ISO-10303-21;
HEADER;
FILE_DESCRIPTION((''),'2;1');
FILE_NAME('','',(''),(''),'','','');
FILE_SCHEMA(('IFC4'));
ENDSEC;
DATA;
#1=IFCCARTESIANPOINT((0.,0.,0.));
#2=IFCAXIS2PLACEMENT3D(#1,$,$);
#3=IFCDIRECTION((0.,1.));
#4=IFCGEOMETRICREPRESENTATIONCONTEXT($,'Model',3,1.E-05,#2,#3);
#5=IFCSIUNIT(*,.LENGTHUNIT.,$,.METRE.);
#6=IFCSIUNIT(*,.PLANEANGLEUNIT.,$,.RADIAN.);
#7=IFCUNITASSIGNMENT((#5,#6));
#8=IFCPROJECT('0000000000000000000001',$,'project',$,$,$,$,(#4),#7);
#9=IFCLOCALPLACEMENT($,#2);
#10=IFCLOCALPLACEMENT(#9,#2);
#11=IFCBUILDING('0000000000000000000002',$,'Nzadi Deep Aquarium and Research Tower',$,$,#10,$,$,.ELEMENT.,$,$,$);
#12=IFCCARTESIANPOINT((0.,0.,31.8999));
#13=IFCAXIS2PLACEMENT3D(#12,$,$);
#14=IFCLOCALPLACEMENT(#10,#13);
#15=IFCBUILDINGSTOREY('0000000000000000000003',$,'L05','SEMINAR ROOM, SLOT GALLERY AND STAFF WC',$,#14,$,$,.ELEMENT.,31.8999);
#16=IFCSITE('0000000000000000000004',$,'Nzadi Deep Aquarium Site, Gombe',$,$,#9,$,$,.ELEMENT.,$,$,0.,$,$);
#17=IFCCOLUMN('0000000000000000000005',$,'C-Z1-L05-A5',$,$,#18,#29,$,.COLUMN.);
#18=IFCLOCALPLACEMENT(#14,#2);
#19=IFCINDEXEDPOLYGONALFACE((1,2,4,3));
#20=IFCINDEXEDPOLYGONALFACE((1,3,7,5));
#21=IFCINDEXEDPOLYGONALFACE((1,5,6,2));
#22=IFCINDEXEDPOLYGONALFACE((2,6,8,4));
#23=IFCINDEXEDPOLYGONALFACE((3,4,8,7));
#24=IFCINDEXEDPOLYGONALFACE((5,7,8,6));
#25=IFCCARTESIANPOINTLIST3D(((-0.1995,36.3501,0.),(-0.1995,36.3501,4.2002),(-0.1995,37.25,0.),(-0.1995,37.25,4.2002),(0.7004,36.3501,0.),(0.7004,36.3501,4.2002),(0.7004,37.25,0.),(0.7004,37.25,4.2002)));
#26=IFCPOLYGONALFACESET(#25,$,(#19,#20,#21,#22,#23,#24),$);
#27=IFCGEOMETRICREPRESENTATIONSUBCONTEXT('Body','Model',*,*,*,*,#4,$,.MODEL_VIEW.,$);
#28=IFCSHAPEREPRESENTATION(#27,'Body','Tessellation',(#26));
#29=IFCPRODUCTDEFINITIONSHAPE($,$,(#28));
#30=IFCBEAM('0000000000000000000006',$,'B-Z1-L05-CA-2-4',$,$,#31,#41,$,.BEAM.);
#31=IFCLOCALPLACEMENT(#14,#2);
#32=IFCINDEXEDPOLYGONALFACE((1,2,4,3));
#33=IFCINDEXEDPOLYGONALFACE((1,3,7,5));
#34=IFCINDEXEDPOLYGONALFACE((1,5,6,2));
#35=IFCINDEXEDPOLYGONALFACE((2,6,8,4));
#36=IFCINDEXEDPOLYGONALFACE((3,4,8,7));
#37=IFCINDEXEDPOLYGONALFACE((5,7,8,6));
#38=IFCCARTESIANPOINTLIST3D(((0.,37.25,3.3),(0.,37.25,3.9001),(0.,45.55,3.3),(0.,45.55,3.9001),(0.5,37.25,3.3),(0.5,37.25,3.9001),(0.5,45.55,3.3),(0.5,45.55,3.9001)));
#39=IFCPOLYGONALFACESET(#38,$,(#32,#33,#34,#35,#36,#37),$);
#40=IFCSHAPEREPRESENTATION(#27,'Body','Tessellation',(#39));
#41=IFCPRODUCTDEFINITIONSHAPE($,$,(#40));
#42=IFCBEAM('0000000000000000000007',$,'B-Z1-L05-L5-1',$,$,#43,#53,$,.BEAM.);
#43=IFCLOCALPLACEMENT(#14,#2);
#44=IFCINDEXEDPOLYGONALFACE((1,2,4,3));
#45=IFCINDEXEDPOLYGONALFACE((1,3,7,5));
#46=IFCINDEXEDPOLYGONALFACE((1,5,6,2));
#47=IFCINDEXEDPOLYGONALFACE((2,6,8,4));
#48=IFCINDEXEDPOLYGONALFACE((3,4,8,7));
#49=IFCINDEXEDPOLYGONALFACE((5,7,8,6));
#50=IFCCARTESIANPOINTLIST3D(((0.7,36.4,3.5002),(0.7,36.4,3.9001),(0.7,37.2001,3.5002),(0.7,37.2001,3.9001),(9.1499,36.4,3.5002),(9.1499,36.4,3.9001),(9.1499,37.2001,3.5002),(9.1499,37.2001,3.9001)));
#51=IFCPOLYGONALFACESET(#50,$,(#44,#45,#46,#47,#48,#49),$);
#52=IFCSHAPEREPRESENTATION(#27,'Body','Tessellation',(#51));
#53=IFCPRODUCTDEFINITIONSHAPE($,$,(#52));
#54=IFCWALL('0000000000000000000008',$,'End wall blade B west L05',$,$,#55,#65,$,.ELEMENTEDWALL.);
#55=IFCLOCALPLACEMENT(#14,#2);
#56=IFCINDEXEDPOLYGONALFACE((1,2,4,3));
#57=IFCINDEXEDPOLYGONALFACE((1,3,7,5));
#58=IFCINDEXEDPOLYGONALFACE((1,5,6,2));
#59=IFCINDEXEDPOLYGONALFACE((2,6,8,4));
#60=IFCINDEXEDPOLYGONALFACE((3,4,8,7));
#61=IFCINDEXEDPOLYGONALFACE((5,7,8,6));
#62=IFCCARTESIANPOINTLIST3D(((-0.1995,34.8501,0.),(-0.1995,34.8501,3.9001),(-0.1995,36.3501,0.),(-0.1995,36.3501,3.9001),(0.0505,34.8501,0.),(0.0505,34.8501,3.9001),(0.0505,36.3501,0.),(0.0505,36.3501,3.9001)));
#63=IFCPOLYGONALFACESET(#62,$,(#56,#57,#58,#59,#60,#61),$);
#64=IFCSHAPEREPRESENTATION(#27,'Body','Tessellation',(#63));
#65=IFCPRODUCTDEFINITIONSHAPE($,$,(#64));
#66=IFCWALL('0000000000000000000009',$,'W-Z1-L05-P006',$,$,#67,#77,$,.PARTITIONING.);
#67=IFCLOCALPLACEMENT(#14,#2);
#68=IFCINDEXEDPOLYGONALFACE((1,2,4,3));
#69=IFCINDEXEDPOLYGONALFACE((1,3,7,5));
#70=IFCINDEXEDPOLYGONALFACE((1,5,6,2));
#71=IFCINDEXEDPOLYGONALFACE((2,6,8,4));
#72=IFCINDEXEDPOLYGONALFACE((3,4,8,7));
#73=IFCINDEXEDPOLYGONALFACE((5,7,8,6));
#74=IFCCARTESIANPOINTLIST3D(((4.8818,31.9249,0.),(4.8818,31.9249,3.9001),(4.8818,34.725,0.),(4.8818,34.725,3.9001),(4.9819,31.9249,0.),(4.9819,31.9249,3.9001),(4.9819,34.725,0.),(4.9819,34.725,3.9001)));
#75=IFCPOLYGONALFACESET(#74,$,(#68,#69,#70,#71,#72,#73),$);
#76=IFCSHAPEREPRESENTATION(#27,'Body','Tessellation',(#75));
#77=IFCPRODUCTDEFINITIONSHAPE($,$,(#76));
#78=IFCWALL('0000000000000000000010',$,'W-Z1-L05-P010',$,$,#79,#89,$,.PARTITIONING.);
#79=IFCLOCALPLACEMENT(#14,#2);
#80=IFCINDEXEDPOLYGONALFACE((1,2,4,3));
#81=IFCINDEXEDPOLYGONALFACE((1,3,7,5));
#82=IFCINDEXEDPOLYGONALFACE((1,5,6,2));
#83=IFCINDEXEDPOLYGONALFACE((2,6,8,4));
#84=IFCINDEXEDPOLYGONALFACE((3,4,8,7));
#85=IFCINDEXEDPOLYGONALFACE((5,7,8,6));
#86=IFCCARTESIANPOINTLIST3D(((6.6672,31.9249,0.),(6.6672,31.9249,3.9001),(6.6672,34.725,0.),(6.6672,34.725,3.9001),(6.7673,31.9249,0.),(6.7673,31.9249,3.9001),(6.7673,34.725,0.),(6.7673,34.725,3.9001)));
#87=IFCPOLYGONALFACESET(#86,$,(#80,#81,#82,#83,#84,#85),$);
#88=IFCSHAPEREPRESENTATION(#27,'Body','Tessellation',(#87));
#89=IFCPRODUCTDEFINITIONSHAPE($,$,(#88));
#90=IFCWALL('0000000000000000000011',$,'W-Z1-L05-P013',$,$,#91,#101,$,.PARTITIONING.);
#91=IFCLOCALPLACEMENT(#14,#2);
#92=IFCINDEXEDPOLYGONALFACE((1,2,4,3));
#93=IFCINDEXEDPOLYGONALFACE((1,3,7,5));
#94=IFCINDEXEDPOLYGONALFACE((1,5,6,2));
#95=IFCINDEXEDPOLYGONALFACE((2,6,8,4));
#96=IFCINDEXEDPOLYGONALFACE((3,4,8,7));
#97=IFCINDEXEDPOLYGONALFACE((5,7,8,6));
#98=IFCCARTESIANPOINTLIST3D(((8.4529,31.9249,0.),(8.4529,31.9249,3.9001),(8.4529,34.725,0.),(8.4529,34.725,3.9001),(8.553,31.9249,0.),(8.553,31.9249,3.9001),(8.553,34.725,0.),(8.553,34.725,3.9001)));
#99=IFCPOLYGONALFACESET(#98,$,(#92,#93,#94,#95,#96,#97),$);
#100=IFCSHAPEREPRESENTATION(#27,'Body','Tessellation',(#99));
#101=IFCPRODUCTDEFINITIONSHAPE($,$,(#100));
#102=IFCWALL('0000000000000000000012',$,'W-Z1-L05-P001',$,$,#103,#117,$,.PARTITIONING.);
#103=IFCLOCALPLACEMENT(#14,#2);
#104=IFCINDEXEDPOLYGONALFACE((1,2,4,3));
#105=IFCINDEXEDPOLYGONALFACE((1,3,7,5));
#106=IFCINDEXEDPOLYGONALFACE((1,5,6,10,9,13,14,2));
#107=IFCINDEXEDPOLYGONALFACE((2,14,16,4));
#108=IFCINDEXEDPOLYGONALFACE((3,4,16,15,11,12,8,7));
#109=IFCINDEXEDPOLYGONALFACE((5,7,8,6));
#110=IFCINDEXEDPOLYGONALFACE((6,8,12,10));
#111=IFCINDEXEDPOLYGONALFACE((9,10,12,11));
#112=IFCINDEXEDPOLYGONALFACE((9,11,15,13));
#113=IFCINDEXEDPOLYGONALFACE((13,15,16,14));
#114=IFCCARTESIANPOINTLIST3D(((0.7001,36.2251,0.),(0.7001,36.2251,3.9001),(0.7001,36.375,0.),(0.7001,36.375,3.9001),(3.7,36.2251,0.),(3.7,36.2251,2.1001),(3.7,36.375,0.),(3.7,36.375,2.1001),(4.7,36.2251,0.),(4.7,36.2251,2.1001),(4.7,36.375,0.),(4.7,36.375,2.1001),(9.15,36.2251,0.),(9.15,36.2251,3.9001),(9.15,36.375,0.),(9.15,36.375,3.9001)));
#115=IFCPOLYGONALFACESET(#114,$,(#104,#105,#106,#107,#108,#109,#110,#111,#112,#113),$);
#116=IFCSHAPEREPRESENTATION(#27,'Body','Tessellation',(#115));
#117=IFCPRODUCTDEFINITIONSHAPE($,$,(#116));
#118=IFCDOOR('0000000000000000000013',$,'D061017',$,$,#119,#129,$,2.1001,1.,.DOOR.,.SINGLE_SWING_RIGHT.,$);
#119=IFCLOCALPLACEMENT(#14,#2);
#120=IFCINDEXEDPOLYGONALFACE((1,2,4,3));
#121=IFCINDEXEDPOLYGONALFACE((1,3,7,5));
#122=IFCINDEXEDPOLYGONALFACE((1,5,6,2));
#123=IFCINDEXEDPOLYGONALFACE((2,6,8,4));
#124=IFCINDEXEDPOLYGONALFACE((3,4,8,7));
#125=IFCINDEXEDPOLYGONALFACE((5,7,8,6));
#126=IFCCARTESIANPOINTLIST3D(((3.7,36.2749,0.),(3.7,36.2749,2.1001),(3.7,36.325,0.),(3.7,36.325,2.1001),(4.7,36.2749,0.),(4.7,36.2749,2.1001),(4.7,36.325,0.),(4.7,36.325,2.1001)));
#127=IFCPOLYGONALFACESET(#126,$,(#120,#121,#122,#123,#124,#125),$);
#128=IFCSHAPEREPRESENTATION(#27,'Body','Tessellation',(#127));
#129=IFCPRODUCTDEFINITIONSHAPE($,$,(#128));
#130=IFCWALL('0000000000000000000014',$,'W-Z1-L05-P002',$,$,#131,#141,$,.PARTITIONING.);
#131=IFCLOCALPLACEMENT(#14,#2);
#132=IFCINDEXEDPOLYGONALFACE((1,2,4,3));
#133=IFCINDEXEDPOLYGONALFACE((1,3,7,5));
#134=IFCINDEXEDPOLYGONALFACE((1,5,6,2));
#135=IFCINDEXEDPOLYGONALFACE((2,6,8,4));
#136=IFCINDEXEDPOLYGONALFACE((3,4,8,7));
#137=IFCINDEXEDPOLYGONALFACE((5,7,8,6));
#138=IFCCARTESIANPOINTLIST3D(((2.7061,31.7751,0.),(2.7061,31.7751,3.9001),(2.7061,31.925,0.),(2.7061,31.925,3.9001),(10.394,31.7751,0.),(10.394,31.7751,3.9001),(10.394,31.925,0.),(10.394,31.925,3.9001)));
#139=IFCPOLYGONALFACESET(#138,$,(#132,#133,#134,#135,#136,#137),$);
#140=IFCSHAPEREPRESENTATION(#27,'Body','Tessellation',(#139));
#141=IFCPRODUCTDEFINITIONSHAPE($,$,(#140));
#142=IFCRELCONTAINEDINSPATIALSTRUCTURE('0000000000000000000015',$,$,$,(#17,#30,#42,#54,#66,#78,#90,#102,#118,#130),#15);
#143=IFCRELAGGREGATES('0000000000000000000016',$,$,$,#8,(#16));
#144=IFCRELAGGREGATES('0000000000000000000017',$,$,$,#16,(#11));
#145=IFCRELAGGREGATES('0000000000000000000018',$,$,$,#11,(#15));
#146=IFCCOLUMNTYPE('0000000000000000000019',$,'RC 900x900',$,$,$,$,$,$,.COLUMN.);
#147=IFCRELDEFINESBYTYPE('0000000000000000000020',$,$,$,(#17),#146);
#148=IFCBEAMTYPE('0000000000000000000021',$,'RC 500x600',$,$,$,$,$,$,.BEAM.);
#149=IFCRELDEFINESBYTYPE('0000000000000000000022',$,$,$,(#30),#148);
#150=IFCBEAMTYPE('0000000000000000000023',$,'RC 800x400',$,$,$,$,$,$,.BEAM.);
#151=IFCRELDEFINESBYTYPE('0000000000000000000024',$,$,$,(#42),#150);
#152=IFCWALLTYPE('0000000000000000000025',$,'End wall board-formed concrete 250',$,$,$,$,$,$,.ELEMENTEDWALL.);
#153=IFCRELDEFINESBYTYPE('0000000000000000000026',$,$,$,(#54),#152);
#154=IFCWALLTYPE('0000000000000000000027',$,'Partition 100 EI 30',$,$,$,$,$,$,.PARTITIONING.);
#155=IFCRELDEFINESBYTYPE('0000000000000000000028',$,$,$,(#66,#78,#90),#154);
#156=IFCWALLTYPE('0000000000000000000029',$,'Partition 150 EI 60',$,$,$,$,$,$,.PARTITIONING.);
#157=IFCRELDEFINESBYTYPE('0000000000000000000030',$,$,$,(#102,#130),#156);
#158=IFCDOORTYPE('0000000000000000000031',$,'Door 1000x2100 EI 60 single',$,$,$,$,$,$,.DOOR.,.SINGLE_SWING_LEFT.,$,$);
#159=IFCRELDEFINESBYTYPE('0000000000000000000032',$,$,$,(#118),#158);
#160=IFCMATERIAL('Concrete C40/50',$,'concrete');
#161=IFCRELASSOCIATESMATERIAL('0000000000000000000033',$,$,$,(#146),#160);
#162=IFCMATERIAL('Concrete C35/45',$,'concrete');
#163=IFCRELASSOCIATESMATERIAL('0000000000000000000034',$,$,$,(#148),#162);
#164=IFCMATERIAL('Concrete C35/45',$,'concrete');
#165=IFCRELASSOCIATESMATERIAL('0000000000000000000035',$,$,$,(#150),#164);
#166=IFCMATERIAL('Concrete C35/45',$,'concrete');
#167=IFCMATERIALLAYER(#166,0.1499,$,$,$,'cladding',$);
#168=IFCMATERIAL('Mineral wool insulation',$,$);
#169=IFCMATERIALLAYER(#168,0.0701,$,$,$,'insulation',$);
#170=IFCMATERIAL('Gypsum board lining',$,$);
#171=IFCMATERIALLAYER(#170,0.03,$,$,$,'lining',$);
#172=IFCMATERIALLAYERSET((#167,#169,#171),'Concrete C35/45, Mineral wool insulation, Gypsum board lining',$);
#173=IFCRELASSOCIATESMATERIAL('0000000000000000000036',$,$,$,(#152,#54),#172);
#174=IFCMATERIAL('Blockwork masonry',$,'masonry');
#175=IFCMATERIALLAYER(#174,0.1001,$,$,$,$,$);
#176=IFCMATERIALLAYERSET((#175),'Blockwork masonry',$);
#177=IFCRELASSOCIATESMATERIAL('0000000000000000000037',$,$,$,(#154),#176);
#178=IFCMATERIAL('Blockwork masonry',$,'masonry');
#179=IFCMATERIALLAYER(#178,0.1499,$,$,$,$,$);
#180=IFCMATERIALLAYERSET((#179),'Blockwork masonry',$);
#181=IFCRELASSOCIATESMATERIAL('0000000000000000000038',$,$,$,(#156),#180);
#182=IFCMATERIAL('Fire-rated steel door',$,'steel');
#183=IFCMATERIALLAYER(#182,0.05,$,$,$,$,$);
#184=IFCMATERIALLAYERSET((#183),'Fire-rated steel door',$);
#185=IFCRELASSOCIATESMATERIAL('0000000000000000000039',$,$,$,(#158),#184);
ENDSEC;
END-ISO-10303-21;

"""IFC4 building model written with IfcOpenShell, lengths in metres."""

from ifc_helpers import new_model, si_unit, direction, frame, frame_2d, origin, origin_2d, place, context, subcontext, project, spatial, rectangle, extrude, material, layer, layer_set, layer_usage, material_profile, profile_set, type_object, element, fill, save


model = new_model("IFC4")

# Units and contexts
model_context = context("Model", 3, precision=1e-05, world=origin(), true_north=direction((0.0, 1.0)))
body_context = subcontext(model_context, "Body", "Model", "MODEL_VIEW")
ifc_project = project(units=[si_unit("LENGTHUNIT", "METRE"), si_unit("PLANEANGLEUNIT", "RADIAN")], contexts=[model_context])

# Site, building, storey
site_placement = place(None, origin())
site = spatial("IfcSite", under=ifc_project, at=site_placement, Name="Nzadi Deep Aquarium Site, Gombe", CompositionType="ELEMENT", RefElevation=0.0)
building_placement = place(site_placement, origin())
building = spatial("IfcBuilding", under=site, at=building_placement, Name="Nzadi Deep Aquarium and Research Tower", CompositionType="ELEMENT")
storey_placement = place(building_placement, frame((0.0, 0.0, 31.8999)))
storey = spatial("IfcBuildingStorey", under=building, at=storey_placement, Name="L05", Description="SEMINAR ROOM, SLOT GALLERY AND STAFF WC", CompositionType="ELEMENT", Elevation=31.8999)

# Column
ifc_material_1 = material(Name="Concrete C40/50", Category="concrete")
ifc_material_profile_1 = material_profile(ifc_material_1, rectangle(XDim=0.8999, YDim=0.8999, at=origin_2d()))
ifc_profile_set_1 = profile_set([ifc_material_profile_1], Name="Concrete C40/50")
column_type = type_object("IfcColumnType", Name="RC 900x900", PredefinedType="COLUMN", material=ifc_profile_set_1)
column_placement = place(storey_placement, frame((0.2505, 36.8, 0.0), z_axis=(0.0, 0.0, 1.0), x_axis=(1.0, 0.0, 0.0)))
element("IfcColumn", 1, at=column_placement, inside=storey, type_object=column_type, Name="C-Z1-L05-A5", PredefinedType="COLUMN", context=body_context, shape_type="SweptSolid", body=[
    extrude(rectangle(XDim=0.8999, YDim=0.8999, at=origin_2d()), origin(), (0.0, 0.0, 1.0), 4.2002),
])

# Beams
ifc_material_2 = material(Name="Concrete C35/45", Category="concrete")
ifc_material_profile_2 = material_profile(ifc_material_2, rectangle(XDim=0.5, YDim=0.6001, at=origin_2d()))
ifc_profile_set_2 = profile_set([ifc_material_profile_2], Name="Concrete C35/45")
beam_type_1 = type_object("IfcBeamType", Name="RC 500x600", PredefinedType="BEAM", material=ifc_profile_set_2)
beam_1_placement = place(storey_placement, frame((0.25, 37.25, 3.6001), z_axis=(0.0, 1.0, 0.0), x_axis=(-1.0, 0.0, 0.0)))
element("IfcBeam", 2, at=beam_1_placement, inside=storey, type_object=beam_type_1, Name="B-Z1-L05-CA-2-4", PredefinedType="BEAM", context=body_context, shape_type="SweptSolid", body=[
    extrude(rectangle(XDim=0.5, YDim=0.6001, at=origin_2d()), origin(), (0.0, 0.0, 1.0), 8.3),
])
ifc_material_3 = material(Name="Concrete C35/45", Category="concrete")
ifc_material_profile_3 = material_profile(ifc_material_3, rectangle(XDim=0.8, YDim=0.3999, at=origin_2d()))
ifc_profile_set_3 = profile_set([ifc_material_profile_3], Name="Concrete C35/45")
beam_type_2 = type_object("IfcBeamType", Name="RC 800x400", PredefinedType="BEAM", material=ifc_profile_set_3)
beam_2_placement = place(storey_placement, frame((0.7, 36.8, 3.7002), z_axis=(1.0, 0.0, 0.0), x_axis=(0.0, 1.0, 0.0)))
element("IfcBeam", 3, at=beam_2_placement, inside=storey, type_object=beam_type_2, Name="B-Z1-L05-L5-1", PredefinedType="BEAM", context=body_context, shape_type="SweptSolid", body=[
    extrude(rectangle(XDim=0.8, YDim=0.3999, at=origin_2d()), origin(), (0.0, 0.0, 1.0), 8.45),
])

# Walls
ifc_material_4 = material(Name="Concrete C35/45", Category="concrete")
ifc_layer_1 = layer(ifc_material_4, 0.1499, Category="cladding")
ifc_material_5 = material(Name="Mineral wool insulation")
ifc_layer_2 = layer(ifc_material_5, 0.0701, Category="insulation")
ifc_material_6 = material(Name="Gypsum board lining")
ifc_layer_3 = layer(ifc_material_6, 0.03, Category="lining")
ifc_layer_set_1 = layer_set([ifc_layer_1, ifc_layer_2, ifc_layer_3], Name="Concrete C35/45, Mineral wool insulation, Gypsum board lining")
ifc_layer_usage = layer_usage(ifc_layer_set_1, "AXIS2", "POSITIVE", -0.125)
wall_type_1 = type_object("IfcWallType", Name="End wall board-formed concrete 250", PredefinedType="ELEMENTEDWALL", material=ifc_layer_set_1)
wall_1_placement = place(storey_placement, frame((-0.0745, 36.3501, 0.0), z_axis=(0.0, 0.0, 1.0), x_axis=(0.0, -1.0, 0.0)))
element("IfcWall", 4, at=wall_1_placement, inside=storey, type_object=wall_type_1, material=ifc_layer_usage, Name="End wall blade B west L05", PredefinedType="ELEMENTEDWALL", context=body_context, shape_type="SweptSolid", body=[
    extrude(rectangle(XDim=1.5, YDim=0.25, at=frame_2d((0.75, 0.0))), origin(), (0.0, 0.0, 1.0), 3.9001),
])
ifc_material_7 = material(Name="Blockwork masonry", Category="masonry")
ifc_layer_4 = layer(ifc_material_7, 0.1001)
ifc_layer_set_2 = layer_set([ifc_layer_4], Name="Blockwork masonry")
wall_type_2 = type_object("IfcWallType", Name="Partition 100 EI 30", PredefinedType="PARTITIONING", material=ifc_layer_set_2)
for number, where, z_axis, x_axis, name in (
    (5, (4.9319, 31.925, 0.0), (0.0, 0.0, 1.0), (0.0, 1.0, 0.0), "W-Z1-L05-P006"),
    (6, (6.7173, 31.925, 0.0), (0.0, 0.0, 1.0), (0.0, 1.0, 0.0), "W-Z1-L05-P010"),
    (7, (8.5029, 31.925, 0.0), (0.0, 0.0, 1.0), (0.0, 1.0, 0.0), "W-Z1-L05-P013"),
):
    element("IfcWall", number, at=place(storey_placement, frame(where, z_axis=z_axis, x_axis=x_axis)), inside=storey, type_object=wall_type_2, Name=name, PredefinedType="PARTITIONING", context=body_context, shape_type="SweptSolid", body=[
        extrude(rectangle(XDim=2.8, YDim=0.1001, at=frame_2d((1.3999, 0.0))), origin(), (0.0, 0.0, 1.0), 3.9001),
    ])

# Wall, opening, door
ifc_material_8 = material(Name="Blockwork masonry", Category="masonry")
ifc_layer_5 = layer(ifc_material_8, 0.1499)
ifc_layer_set_3 = layer_set([ifc_layer_5], Name="Blockwork masonry")
wall_type_3 = type_object("IfcWallType", Name="Partition 150 EI 60", PredefinedType="PARTITIONING", material=ifc_layer_set_3)
wall_2_placement = place(storey_placement, frame((0.7, 36.3, 0.0), z_axis=(0.0, 0.0, 1.0), x_axis=(1.0, 0.0, 0.0)))
wall_2 = element("IfcWall", 8, at=wall_2_placement, inside=storey, type_object=wall_type_3, Name="W-Z1-L05-P001", PredefinedType="PARTITIONING", context=body_context, shape_type="SweptSolid", body=[
    extrude(rectangle(XDim=8.45, YDim=0.1499, at=frame_2d((4.2251, 0.0))), origin(), (0.0, 0.0, 1.0), 3.9001),
])
opening_1_placement = place(wall_2_placement, frame((3.0, 0.0, 0.0)))
opening_1 = element("IfcOpeningElement", 9, at=opening_1_placement, cuts=wall_2, PredefinedType="OPENING", context=body_context, shape_type="SweptSolid", body=[
    extrude(rectangle(XDim=1.0, YDim=2.1001, at=frame_2d((0.5, 1.05))), frame((0.0, 0.085, 0.0), z_axis=(0.0, -1.0, 0.0), x_axis=(1.0, 0.0, 0.0)), (0.0, 0.0, 1.0), 0.1699),
])
ifc_material_9 = material(Name="Fire-rated steel door", Category="steel")
ifc_layer_6 = layer(ifc_material_9, 0.05)
ifc_layer_set_4 = layer_set([ifc_layer_6], Name="Fire-rated steel door")
door_type_1 = type_object("IfcDoorType", Name="Door 1000x2100 EI 60 single", OperationType="SINGLE_SWING_LEFT", PredefinedType="DOOR", material=ifc_layer_set_4)
door_1_placement = place(opening_1_placement, origin())
door_1 = element("IfcDoor", 10, at=door_1_placement, inside=storey, type_object=door_type_1, Name="D061017", OperationType="SINGLE_SWING_RIGHT", OverallHeight=2.1001, OverallWidth=1.0, PredefinedType="DOOR", context=body_context, shape_type="SweptSolid", body=[
    extrude(rectangle(XDim=1.0, YDim=2.1001, at=frame_2d((0.5, 1.05))), frame((0.0, 0.0249, 0.0), z_axis=(0.0, -1.0, 0.0), x_axis=(1.0, 0.0, 0.0)), (0.0, 0.0, 1.0), 0.05),
])
fill(opening_1, door_1)

# Wall
wall_3_placement = place(storey_placement, frame((2.7061, 31.8501, 0.0), z_axis=(0.0, 0.0, 1.0), x_axis=(1.0, 0.0, 0.0)))
element("IfcWall", 11, at=wall_3_placement, inside=storey, type_object=wall_type_3, Name="W-Z1-L05-P002", PredefinedType="PARTITIONING", context=body_context, shape_type="SweptSolid", body=[
    extrude(rectangle(XDim=7.688, YDim=0.1499, at=frame_2d((3.844, 0.0))), origin(), (0.0, 0.0, 1.0), 3.9001),
])

save(model, "model.ifc")
